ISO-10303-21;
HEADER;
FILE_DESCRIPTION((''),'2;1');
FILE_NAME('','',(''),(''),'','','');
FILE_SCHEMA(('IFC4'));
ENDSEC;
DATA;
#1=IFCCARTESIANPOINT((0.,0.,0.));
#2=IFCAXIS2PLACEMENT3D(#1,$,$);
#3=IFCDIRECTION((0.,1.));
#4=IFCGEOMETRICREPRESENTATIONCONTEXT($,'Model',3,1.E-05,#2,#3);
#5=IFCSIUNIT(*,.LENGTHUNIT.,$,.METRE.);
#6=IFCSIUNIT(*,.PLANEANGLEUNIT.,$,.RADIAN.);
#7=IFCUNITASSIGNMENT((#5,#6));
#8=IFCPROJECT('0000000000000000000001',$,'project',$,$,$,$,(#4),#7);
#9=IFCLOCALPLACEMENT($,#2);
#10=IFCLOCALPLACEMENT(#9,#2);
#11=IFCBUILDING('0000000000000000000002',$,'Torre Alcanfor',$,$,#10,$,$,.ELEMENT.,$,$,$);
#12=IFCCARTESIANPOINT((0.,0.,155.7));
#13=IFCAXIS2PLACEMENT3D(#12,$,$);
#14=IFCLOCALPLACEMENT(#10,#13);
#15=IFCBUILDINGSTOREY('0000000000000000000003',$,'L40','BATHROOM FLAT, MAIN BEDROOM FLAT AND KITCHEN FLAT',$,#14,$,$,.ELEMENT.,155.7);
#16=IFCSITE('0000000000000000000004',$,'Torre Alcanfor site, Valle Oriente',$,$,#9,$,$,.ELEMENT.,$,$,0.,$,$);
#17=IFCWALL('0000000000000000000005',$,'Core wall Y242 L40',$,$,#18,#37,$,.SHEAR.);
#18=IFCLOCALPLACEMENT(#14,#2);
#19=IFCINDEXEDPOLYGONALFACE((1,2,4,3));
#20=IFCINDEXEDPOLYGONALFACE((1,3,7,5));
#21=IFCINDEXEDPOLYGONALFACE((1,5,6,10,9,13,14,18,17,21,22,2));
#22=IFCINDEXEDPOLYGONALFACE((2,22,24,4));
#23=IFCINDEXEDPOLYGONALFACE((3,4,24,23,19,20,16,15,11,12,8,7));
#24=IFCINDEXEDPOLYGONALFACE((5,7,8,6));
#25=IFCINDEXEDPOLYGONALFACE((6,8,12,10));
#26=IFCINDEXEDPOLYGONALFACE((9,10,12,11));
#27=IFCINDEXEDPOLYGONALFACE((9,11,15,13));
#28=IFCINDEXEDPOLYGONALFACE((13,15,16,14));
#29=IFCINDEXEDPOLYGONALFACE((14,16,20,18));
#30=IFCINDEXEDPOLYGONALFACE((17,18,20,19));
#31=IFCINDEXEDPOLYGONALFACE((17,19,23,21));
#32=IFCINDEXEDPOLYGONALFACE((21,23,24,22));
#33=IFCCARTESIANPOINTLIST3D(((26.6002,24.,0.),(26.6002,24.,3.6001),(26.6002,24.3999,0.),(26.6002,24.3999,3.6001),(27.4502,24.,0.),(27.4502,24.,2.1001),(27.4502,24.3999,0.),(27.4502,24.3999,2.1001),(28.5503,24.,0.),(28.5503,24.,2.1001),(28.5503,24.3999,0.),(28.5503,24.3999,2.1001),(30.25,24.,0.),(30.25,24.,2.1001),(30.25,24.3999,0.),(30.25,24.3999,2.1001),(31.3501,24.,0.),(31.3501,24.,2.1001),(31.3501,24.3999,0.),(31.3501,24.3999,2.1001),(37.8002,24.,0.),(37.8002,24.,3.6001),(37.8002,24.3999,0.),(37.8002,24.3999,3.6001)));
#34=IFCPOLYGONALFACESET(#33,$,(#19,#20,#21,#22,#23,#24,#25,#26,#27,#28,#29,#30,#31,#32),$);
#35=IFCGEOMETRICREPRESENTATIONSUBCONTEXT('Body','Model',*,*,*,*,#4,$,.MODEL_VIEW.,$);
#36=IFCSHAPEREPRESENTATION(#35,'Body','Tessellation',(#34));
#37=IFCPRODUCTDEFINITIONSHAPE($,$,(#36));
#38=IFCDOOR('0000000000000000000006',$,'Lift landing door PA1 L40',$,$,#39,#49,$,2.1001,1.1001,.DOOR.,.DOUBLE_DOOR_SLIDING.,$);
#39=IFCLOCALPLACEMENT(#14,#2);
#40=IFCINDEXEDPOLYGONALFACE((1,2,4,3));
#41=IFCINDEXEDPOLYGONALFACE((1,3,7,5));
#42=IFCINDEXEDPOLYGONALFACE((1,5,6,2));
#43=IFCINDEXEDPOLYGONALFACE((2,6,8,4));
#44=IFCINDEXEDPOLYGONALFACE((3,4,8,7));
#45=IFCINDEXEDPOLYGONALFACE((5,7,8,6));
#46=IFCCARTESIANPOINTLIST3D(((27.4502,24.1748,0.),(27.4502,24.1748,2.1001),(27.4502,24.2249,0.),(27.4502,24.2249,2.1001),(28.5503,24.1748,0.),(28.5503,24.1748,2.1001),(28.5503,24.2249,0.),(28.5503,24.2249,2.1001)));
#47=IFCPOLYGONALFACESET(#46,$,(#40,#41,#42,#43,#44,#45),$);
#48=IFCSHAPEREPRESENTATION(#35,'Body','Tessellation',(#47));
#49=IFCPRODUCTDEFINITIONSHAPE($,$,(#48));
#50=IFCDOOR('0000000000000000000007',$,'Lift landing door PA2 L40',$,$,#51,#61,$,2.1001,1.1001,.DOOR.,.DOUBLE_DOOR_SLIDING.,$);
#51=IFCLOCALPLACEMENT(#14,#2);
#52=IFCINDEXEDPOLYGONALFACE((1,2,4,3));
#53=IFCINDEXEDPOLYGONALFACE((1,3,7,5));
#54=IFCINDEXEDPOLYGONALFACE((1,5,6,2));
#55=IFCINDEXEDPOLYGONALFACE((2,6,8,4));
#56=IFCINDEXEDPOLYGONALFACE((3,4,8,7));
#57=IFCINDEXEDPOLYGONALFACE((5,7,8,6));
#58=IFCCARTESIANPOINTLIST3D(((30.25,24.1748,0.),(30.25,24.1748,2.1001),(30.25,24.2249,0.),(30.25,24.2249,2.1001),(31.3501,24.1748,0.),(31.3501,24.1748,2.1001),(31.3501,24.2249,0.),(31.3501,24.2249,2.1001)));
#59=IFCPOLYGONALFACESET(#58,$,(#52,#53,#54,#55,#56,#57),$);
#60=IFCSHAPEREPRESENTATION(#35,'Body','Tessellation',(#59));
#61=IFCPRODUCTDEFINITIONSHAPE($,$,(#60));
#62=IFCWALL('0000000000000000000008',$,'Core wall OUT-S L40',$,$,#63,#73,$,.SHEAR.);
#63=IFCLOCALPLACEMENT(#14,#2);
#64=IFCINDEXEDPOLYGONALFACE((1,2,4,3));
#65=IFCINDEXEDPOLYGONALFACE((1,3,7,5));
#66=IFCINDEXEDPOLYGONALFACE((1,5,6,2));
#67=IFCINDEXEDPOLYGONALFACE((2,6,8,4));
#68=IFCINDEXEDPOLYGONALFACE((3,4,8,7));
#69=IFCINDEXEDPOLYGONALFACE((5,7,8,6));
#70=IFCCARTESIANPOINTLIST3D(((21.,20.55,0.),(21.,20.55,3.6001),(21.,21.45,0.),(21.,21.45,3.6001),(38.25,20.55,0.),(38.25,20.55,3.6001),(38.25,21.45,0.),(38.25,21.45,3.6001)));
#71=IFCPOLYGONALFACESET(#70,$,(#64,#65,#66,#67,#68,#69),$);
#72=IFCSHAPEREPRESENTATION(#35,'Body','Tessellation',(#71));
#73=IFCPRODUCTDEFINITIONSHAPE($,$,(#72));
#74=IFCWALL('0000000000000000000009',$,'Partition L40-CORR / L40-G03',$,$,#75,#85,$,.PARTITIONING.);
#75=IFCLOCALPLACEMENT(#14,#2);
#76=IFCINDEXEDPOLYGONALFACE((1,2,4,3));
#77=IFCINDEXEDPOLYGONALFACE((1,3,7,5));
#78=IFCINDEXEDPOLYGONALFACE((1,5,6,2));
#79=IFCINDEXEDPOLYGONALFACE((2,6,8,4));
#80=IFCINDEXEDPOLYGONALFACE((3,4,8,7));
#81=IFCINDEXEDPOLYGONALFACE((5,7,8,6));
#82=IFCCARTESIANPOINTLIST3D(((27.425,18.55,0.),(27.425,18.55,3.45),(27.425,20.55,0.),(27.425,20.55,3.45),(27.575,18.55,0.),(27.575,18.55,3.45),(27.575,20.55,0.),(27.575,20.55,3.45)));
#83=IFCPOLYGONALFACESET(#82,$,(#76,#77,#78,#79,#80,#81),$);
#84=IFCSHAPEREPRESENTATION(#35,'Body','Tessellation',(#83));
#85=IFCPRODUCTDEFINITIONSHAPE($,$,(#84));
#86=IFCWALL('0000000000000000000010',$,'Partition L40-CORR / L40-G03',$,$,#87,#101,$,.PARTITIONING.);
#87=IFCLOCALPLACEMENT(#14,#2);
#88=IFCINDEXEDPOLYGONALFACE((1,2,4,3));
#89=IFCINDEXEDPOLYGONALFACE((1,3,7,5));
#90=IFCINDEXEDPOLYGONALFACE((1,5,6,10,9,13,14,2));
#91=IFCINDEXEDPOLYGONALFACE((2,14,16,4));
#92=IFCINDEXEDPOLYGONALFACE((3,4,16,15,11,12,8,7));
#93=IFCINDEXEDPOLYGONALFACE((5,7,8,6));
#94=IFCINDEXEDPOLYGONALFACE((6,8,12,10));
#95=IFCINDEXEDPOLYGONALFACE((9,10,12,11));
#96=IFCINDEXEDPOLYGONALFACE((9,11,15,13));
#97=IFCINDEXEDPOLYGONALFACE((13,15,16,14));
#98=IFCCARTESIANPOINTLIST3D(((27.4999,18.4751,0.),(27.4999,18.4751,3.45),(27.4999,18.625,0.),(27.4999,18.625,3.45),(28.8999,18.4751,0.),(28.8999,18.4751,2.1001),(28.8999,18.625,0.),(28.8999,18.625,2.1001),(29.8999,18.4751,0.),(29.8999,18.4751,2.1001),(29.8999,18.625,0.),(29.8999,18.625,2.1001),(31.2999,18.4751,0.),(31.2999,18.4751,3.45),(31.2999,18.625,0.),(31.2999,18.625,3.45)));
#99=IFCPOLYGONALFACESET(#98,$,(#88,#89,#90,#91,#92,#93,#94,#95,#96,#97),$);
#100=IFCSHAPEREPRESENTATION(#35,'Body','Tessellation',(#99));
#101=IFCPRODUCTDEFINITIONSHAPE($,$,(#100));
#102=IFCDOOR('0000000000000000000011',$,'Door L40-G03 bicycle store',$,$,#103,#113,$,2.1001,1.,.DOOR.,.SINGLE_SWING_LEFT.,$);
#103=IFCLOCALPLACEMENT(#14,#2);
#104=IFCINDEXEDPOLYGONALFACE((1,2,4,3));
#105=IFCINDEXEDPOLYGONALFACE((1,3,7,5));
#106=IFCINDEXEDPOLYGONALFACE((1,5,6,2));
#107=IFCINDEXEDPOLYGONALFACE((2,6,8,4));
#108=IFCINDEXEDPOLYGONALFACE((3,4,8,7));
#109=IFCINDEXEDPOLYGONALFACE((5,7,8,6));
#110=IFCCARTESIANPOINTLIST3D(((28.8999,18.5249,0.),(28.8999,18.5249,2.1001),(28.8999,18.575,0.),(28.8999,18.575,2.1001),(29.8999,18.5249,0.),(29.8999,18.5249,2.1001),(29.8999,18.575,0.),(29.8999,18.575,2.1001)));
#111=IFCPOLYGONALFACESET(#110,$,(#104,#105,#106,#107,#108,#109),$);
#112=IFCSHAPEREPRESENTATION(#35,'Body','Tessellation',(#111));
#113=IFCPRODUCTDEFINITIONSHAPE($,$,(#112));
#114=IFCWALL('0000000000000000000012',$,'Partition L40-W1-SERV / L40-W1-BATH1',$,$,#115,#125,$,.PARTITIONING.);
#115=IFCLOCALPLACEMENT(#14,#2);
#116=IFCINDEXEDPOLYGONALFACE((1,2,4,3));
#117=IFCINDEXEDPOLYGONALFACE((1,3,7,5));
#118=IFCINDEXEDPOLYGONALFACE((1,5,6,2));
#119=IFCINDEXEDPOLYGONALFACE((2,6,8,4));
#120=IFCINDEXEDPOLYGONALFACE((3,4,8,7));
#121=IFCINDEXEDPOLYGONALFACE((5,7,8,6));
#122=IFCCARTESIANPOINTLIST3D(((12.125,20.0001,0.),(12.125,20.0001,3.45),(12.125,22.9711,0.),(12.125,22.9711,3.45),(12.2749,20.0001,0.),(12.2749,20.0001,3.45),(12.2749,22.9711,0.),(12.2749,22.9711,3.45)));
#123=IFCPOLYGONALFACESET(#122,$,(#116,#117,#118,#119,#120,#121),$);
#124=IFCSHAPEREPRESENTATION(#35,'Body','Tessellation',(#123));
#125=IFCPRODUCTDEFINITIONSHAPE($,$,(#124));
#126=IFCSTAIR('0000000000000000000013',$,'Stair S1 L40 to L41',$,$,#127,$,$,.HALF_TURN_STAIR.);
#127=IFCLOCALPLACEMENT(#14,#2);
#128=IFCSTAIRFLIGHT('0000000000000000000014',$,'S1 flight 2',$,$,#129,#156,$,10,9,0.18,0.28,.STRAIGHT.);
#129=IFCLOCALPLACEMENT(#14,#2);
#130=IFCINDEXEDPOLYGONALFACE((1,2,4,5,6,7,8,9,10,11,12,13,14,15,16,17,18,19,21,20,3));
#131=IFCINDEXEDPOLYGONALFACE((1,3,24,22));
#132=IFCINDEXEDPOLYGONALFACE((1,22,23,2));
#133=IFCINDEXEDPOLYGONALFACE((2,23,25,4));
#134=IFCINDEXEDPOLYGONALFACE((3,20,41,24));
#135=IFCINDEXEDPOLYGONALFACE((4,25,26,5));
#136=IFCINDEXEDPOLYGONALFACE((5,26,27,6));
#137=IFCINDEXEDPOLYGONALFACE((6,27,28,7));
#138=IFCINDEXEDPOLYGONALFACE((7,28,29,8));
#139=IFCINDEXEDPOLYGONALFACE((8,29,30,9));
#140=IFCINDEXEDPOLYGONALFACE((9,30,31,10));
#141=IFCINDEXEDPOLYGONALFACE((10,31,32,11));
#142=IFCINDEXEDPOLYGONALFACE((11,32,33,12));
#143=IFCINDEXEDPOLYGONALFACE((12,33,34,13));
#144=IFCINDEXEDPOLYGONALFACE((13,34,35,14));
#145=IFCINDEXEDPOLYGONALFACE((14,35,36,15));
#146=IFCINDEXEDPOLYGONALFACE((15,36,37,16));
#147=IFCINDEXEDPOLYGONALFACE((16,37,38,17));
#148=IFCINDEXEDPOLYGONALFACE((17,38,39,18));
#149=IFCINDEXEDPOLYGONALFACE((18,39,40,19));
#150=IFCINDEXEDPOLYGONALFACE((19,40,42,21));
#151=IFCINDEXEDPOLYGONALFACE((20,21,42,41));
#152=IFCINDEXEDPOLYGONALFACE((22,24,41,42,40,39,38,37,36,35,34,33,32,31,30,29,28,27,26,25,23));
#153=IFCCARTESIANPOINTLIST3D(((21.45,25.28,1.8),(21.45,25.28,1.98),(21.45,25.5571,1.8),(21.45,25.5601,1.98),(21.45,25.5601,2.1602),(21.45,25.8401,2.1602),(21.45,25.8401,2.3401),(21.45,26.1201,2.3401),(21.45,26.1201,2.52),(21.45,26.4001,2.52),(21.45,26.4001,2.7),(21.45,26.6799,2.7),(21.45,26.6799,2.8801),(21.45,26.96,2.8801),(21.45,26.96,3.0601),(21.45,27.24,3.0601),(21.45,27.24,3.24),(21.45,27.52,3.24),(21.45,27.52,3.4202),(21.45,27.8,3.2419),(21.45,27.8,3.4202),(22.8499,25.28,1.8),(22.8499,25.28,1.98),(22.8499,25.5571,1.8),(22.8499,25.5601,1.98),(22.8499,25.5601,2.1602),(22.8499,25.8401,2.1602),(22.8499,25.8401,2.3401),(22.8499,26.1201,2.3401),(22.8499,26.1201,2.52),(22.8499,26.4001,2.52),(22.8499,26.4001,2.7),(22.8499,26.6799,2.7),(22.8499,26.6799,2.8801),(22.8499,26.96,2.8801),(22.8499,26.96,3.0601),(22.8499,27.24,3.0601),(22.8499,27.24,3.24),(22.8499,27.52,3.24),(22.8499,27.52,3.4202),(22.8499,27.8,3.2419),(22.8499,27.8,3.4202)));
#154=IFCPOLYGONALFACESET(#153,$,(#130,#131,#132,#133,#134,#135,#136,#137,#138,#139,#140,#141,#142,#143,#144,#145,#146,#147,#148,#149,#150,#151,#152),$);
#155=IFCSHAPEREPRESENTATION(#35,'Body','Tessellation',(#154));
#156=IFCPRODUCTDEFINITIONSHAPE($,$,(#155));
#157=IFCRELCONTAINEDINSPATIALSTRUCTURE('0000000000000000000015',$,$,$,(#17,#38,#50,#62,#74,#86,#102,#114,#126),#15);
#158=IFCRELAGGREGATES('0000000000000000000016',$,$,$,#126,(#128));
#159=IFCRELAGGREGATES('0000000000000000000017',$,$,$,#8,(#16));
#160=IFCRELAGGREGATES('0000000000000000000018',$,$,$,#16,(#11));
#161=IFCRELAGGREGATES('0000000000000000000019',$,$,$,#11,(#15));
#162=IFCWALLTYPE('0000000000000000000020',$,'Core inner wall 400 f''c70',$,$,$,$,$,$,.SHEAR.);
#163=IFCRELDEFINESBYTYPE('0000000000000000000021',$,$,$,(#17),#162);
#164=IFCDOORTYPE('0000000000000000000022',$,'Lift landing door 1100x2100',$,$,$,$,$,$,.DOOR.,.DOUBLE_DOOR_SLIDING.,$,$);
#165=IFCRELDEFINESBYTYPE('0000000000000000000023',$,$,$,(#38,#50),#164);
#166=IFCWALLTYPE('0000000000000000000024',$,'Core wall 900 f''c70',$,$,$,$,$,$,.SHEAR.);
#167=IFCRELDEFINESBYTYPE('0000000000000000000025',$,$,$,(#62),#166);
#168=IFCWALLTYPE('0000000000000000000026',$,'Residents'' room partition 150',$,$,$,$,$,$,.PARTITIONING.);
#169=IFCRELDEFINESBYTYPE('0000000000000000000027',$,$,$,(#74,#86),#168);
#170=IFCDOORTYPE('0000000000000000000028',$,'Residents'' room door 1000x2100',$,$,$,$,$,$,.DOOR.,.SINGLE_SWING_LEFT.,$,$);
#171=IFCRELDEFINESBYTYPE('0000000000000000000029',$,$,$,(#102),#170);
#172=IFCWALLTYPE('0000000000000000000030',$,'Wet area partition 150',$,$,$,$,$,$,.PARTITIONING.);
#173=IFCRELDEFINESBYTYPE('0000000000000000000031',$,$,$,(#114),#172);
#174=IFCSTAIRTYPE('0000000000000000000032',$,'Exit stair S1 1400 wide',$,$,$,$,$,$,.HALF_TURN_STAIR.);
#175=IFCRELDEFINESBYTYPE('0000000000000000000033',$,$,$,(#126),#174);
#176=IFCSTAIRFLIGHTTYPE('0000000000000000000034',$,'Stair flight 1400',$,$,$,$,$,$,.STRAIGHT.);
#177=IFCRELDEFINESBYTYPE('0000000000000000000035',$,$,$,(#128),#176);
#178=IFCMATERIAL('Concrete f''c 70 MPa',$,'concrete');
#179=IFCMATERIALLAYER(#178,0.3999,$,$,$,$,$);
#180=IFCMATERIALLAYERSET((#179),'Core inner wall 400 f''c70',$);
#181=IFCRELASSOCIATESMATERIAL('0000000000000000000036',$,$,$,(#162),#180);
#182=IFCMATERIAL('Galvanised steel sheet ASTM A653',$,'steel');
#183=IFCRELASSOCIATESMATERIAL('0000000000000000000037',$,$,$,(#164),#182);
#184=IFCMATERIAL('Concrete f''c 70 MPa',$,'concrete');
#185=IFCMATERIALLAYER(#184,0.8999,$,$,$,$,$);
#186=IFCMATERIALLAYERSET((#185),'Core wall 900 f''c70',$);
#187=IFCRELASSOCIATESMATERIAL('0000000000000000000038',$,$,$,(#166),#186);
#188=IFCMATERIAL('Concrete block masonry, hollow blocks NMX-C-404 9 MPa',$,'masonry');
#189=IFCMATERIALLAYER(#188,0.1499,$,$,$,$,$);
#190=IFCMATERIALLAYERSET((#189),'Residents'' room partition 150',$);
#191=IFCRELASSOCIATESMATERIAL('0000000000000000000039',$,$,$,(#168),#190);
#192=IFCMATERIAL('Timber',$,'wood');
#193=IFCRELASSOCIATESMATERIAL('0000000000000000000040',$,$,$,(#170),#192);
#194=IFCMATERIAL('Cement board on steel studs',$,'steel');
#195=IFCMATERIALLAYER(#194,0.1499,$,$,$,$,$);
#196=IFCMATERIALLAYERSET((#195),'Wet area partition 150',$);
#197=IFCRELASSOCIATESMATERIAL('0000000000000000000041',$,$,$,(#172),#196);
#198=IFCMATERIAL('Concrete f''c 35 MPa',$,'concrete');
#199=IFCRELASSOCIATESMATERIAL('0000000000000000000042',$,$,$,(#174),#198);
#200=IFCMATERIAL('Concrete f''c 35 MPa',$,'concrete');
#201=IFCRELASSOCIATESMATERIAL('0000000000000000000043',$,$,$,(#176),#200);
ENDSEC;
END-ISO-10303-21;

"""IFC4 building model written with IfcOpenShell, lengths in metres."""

from ifc_helpers import new_model, si_unit, direction, frame, frame_2d, origin, place, context, subcontext, project, spatial, polyline, rectangle, outline, extrude, material, layer, layer_set, type_object, element, fill, aggregate, save


model = new_model("IFC4")

# Units and contexts
model_context = context("Model", 3, precision=1e-05, world=origin(), true_north=direction((0.0, 1.0)))
body_context = subcontext(model_context, "Body", "Model", "MODEL_VIEW")
ifc_project = project(units=[si_unit("LENGTHUNIT", "METRE"), si_unit("PLANEANGLEUNIT", "RADIAN")], contexts=[model_context])

# Site, building, storey
site_placement = place(None, origin())
site = spatial("IfcSite", under=ifc_project, at=site_placement, Name="Torre Alcanfor site, Valle Oriente", CompositionType="ELEMENT", RefElevation=0.0)
building_placement = place(site_placement, origin())
building = spatial("IfcBuilding", under=site, at=building_placement, Name="Torre Alcanfor", CompositionType="ELEMENT")
storey_placement = place(building_placement, frame((0.0, 0.0, 155.7)))
storey = spatial("IfcBuildingStorey", under=building, at=storey_placement, Name="L40", Description="BATHROOM FLAT, MAIN BEDROOM FLAT AND KITCHEN FLAT", CompositionType="ELEMENT", Elevation=155.7)

# Shared definitions
ifc_material_1 = material(Name="Concrete f'c 70 MPa", Category="concrete")
ifc_layer_1 = layer(ifc_material_1, 0.3999)
ifc_layer_set_1 = layer_set([ifc_layer_1], Name="Core inner wall 400 f'c70")
wall_type_1 = type_object("IfcWallType", Name="Core inner wall 400 f'c70", PredefinedType="SHEAR", material=ifc_layer_set_1)

# Wall, openings, doors
wall_1_placement = place(storey_placement, frame((26.6001, 24.2, 0.0), z_axis=(0.0, 0.0, 1.0), x_axis=(1.0, 0.0, 0.0)))
wall_1 = element("IfcWall", 1, at=wall_1_placement, inside=storey, type_object=wall_type_1, Name="Core wall Y242 L40", PredefinedType="SHEAR", context=body_context, shape_type="SweptSolid", body=[
    extrude(rectangle(XDim=11.2, YDim=0.3999, at=frame_2d((5.6001, 0.0))), origin(), (0.0, 0.0, 1.0), 3.6001),
])
opening_1_placement = place(wall_1_placement, frame((0.8501, 0.0, 0.0)))
opening_1 = element("IfcOpeningElement", 2, at=opening_1_placement, cuts=wall_1, PredefinedType="OPENING", context=body_context, shape_type="SweptSolid", body=[
    extrude(rectangle(XDim=1.1001, YDim=2.1001, at=frame_2d((0.55, 1.05))), frame((0.0, 0.21, 0.0), z_axis=(0.0, -1.0, 0.0), x_axis=(1.0, 0.0, 0.0)), (0.0, 0.0, 1.0), 0.4199),
])
opening_2_placement = place(wall_1_placement, frame((3.6499, 0.0, 0.0)))
opening_2 = element("IfcOpeningElement", 3, at=opening_2_placement, cuts=wall_1, PredefinedType="OPENING", context=body_context, shape_type="SweptSolid", body=[
    extrude(rectangle(XDim=1.1001, YDim=2.1001, at=frame_2d((0.55, 1.05))), frame((0.0, 0.21, 0.0), z_axis=(0.0, -1.0, 0.0), x_axis=(1.0, 0.0, 0.0)), (0.0, 0.0, 1.0), 0.4199),
])
ifc_material_2 = material(Name="Galvanised steel sheet ASTM A653", Category="steel")
door_type_1 = type_object("IfcDoorType", Name="Lift landing door 1100x2100", OperationType="DOUBLE_DOOR_SLIDING", PredefinedType="DOOR", material=ifc_material_2)
door_1_placement = place(opening_1_placement, origin())
door_1 = element("IfcDoor", 4, at=door_1_placement, inside=storey, type_object=door_type_1, Name="Lift landing door PA1 L40", OperationType="DOUBLE_DOOR_SLIDING", OverallHeight=2.1001, OverallWidth=1.1001, PredefinedType="DOOR", context=body_context, shape_type="SweptSolid", body=[
    extrude(rectangle(XDim=1.1001, YDim=2.1001, at=frame_2d((0.55, 1.05))), frame((0.0, 0.0249, 0.0), z_axis=(0.0, -1.0, 0.0), x_axis=(1.0, 0.0, 0.0)), (0.0, 0.0, 1.0), 0.05),
])
fill(opening_1, door_1)
door_2_placement = place(opening_2_placement, origin())
door_2 = element("IfcDoor", 5, at=door_2_placement, inside=storey, type_object=door_type_1, Name="Lift landing door PA2 L40", OperationType="DOUBLE_DOOR_SLIDING", OverallHeight=2.1001, OverallWidth=1.1001, PredefinedType="DOOR", context=body_context, shape_type="SweptSolid", body=[
    extrude(rectangle(XDim=1.1001, YDim=2.1001, at=frame_2d((0.55, 1.05))), frame((0.0, 0.0249, 0.0), z_axis=(0.0, -1.0, 0.0), x_axis=(1.0, 0.0, 0.0)), (0.0, 0.0, 1.0), 0.05),
])
fill(opening_2, door_2)

# Walls
ifc_material_3 = material(Name="Concrete f'c 70 MPa", Category="concrete")
ifc_layer_2 = layer(ifc_material_3, 0.8999)
ifc_layer_set_2 = layer_set([ifc_layer_2], Name="Core wall 900 f'c70")
wall_type_2 = type_object("IfcWallType", Name="Core wall 900 f'c70", PredefinedType="SHEAR", material=ifc_layer_set_2)
wall_2_placement = place(storey_placement, frame((21.0, 21.0, 0.0), z_axis=(0.0, 0.0, 1.0), x_axis=(1.0, 0.0, 0.0)))
element("IfcWall", 6, at=wall_2_placement, inside=storey, type_object=wall_type_2, Name="Core wall OUT-S L40", PredefinedType="SHEAR", context=body_context, shape_type="SweptSolid", body=[
    extrude(rectangle(XDim=17.25, YDim=0.8999, at=frame_2d((8.625, 0.0))), origin(), (0.0, 0.0, 1.0), 3.6001),
])
ifc_material_4 = material(Name="Concrete block masonry, hollow blocks NMX-C-404 9 MPa", Category="masonry")
ifc_layer_3 = layer(ifc_material_4, 0.1499)
ifc_layer_set_3 = layer_set([ifc_layer_3], Name="Residents' room partition 150")
wall_type_3 = type_object("IfcWallType", Name="Residents' room partition 150", PredefinedType="PARTITIONING", material=ifc_layer_set_3)
wall_3_placement = place(storey_placement, frame((27.5, 20.55, 0.0), z_axis=(0.0, 0.0, 1.0), x_axis=(0.0, -1.0, 0.0)))
element("IfcWall", 7, at=wall_3_placement, inside=storey, type_object=wall_type_3, Name="Partition L40-CORR / L40-G03", PredefinedType="PARTITIONING", context=body_context, shape_type="SweptSolid", body=[
    extrude(rectangle(XDim=2.0, YDim=0.1499, at=frame_2d((1.0, 0.0))), origin(), (0.0, 0.0, 1.0), 3.45),
])

# Wall, opening, door
wall_4_placement = place(storey_placement, frame((27.5, 18.55, 0.0), z_axis=(0.0, 0.0, 1.0), x_axis=(1.0, 0.0, 0.0)))
wall_4 = element("IfcWall", 8, at=wall_4_placement, inside=storey, type_object=wall_type_3, Name="Partition L40-CORR / L40-G03", PredefinedType="PARTITIONING", context=body_context, shape_type="SweptSolid", body=[
    extrude(rectangle(XDim=3.8, YDim=0.1499, at=frame_2d((1.8999, 0.0))), origin(), (0.0, 0.0, 1.0), 3.45),
])
opening_3_placement = place(wall_4_placement, frame((1.3999, 0.0, 0.0)))
opening_3 = element("IfcOpeningElement", 9, at=opening_3_placement, cuts=wall_4, PredefinedType="OPENING", context=body_context, shape_type="SweptSolid", body=[
    extrude(rectangle(XDim=1.0, YDim=2.1001, at=frame_2d((0.5, 1.05))), frame((0.0, 0.085, 0.0), z_axis=(0.0, -1.0, 0.0), x_axis=(1.0, 0.0, 0.0)), (0.0, 0.0, 1.0), 0.1699),
])
ifc_material_5 = material(Name="Timber", Category="wood")
door_type_2 = type_object("IfcDoorType", Name="Residents' room door 1000x2100", OperationType="SINGLE_SWING_LEFT", PredefinedType="DOOR", material=ifc_material_5)
door_3_placement = place(opening_3_placement, origin())
door_3 = element("IfcDoor", 10, at=door_3_placement, inside=storey, type_object=door_type_2, Name="Door L40-G03 bicycle store", OperationType="SINGLE_SWING_LEFT", OverallHeight=2.1001, OverallWidth=1.0, PredefinedType="DOOR", context=body_context, shape_type="SweptSolid", body=[
    extrude(rectangle(XDim=1.0, YDim=2.1001, at=frame_2d((0.5, 1.05))), frame((0.0, 0.0249, 0.0), z_axis=(0.0, -1.0, 0.0), x_axis=(1.0, 0.0, 0.0)), (0.0, 0.0, 1.0), 0.05),
])
fill(opening_3, door_3)

# Wall
ifc_material_6 = material(Name="Cement board on steel studs", Category="steel")
ifc_layer_4 = layer(ifc_material_6, 0.1499)
ifc_layer_set_4 = layer_set([ifc_layer_4], Name="Wet area partition 150")
wall_type_4 = type_object("IfcWallType", Name="Wet area partition 150", PredefinedType="PARTITIONING", material=ifc_layer_set_4)
wall_5_placement = place(storey_placement, frame((12.2, 22.9709, 0.0), z_axis=(0.0, 0.0, 1.0), x_axis=(0.0, -1.0, 0.0)))
element("IfcWall", 11, at=wall_5_placement, inside=storey, type_object=wall_type_4, Name="Partition L40-W1-SERV / L40-W1-BATH1", PredefinedType="PARTITIONING", context=body_context, shape_type="SweptSolid", body=[
    extrude(rectangle(XDim=2.9709, YDim=0.1499, at=frame_2d((1.4854, 0.0))), origin(), (0.0, 0.0, 1.0), 3.45),
])

# Stair, stair flight
ifc_material_7 = material(Name="Concrete f'c 35 MPa", Category="concrete")
stair_type = type_object("IfcStairType", Name="Exit stair S1 1400 wide", PredefinedType="HALF_TURN_STAIR", material=ifc_material_7)
stair_placement = place(storey_placement, origin())
stair = element("IfcStair", 12, at=stair_placement, inside=storey, type_object=stair_type, Name="Stair S1 L40 to L41", PredefinedType="HALF_TURN_STAIR")
ifc_material_8 = material(Name="Concrete f'c 35 MPa", Category="concrete")
stair_flight_type = type_object("IfcStairFlightType", Name="Stair flight 1400", PredefinedType="STRAIGHT", material=ifc_material_8)
stair_flight_placement = place(storey_placement, frame((22.1499, 25.28, 1.8), z_axis=(0.0, 0.0, 1.0), x_axis=(0.0, 1.0, 0.0)))
stair_flight = element("IfcStairFlight", 13, at=stair_flight_placement, type_object=stair_flight_type, Name="S1 flight 2", NumberOfRisers=10, NumberOfTreads=9, PredefinedType="STRAIGHT", RiserHeight=0.18, TreadLength=0.28, context=body_context, shape_type="SweptSolid", body=[
    extrude(outline(polyline([(0.0, 0.0), (0.0, 0.1799), (0.28, 0.1799), (0.28, 0.3601), (0.5601, 0.3601), (0.5601, 0.54), (0.8401, 0.54), (0.8401, 0.72), (1.1201, 0.72), (1.1201, 0.8999), (1.3999, 0.8999), (1.3999, 1.0801), (1.6799, 1.0801), (1.6799, 1.26), (1.96, 1.26), (1.96, 1.4399), (2.24, 1.4399), (2.24, 1.6201), (2.52, 1.6201), (2.52, 1.8), (2.52, 1.4419), (0.2771, 0.0), (0.0, 0.0)])), frame((0.0, 0.7, 0.0), z_axis=(0.0, -1.0, 0.0), x_axis=(1.0, 0.0, 0.0)), (0.0, 0.0, 1.0), 1.3999),
])
aggregate(stair, [stair_flight])

save(model, "model.ifc")
